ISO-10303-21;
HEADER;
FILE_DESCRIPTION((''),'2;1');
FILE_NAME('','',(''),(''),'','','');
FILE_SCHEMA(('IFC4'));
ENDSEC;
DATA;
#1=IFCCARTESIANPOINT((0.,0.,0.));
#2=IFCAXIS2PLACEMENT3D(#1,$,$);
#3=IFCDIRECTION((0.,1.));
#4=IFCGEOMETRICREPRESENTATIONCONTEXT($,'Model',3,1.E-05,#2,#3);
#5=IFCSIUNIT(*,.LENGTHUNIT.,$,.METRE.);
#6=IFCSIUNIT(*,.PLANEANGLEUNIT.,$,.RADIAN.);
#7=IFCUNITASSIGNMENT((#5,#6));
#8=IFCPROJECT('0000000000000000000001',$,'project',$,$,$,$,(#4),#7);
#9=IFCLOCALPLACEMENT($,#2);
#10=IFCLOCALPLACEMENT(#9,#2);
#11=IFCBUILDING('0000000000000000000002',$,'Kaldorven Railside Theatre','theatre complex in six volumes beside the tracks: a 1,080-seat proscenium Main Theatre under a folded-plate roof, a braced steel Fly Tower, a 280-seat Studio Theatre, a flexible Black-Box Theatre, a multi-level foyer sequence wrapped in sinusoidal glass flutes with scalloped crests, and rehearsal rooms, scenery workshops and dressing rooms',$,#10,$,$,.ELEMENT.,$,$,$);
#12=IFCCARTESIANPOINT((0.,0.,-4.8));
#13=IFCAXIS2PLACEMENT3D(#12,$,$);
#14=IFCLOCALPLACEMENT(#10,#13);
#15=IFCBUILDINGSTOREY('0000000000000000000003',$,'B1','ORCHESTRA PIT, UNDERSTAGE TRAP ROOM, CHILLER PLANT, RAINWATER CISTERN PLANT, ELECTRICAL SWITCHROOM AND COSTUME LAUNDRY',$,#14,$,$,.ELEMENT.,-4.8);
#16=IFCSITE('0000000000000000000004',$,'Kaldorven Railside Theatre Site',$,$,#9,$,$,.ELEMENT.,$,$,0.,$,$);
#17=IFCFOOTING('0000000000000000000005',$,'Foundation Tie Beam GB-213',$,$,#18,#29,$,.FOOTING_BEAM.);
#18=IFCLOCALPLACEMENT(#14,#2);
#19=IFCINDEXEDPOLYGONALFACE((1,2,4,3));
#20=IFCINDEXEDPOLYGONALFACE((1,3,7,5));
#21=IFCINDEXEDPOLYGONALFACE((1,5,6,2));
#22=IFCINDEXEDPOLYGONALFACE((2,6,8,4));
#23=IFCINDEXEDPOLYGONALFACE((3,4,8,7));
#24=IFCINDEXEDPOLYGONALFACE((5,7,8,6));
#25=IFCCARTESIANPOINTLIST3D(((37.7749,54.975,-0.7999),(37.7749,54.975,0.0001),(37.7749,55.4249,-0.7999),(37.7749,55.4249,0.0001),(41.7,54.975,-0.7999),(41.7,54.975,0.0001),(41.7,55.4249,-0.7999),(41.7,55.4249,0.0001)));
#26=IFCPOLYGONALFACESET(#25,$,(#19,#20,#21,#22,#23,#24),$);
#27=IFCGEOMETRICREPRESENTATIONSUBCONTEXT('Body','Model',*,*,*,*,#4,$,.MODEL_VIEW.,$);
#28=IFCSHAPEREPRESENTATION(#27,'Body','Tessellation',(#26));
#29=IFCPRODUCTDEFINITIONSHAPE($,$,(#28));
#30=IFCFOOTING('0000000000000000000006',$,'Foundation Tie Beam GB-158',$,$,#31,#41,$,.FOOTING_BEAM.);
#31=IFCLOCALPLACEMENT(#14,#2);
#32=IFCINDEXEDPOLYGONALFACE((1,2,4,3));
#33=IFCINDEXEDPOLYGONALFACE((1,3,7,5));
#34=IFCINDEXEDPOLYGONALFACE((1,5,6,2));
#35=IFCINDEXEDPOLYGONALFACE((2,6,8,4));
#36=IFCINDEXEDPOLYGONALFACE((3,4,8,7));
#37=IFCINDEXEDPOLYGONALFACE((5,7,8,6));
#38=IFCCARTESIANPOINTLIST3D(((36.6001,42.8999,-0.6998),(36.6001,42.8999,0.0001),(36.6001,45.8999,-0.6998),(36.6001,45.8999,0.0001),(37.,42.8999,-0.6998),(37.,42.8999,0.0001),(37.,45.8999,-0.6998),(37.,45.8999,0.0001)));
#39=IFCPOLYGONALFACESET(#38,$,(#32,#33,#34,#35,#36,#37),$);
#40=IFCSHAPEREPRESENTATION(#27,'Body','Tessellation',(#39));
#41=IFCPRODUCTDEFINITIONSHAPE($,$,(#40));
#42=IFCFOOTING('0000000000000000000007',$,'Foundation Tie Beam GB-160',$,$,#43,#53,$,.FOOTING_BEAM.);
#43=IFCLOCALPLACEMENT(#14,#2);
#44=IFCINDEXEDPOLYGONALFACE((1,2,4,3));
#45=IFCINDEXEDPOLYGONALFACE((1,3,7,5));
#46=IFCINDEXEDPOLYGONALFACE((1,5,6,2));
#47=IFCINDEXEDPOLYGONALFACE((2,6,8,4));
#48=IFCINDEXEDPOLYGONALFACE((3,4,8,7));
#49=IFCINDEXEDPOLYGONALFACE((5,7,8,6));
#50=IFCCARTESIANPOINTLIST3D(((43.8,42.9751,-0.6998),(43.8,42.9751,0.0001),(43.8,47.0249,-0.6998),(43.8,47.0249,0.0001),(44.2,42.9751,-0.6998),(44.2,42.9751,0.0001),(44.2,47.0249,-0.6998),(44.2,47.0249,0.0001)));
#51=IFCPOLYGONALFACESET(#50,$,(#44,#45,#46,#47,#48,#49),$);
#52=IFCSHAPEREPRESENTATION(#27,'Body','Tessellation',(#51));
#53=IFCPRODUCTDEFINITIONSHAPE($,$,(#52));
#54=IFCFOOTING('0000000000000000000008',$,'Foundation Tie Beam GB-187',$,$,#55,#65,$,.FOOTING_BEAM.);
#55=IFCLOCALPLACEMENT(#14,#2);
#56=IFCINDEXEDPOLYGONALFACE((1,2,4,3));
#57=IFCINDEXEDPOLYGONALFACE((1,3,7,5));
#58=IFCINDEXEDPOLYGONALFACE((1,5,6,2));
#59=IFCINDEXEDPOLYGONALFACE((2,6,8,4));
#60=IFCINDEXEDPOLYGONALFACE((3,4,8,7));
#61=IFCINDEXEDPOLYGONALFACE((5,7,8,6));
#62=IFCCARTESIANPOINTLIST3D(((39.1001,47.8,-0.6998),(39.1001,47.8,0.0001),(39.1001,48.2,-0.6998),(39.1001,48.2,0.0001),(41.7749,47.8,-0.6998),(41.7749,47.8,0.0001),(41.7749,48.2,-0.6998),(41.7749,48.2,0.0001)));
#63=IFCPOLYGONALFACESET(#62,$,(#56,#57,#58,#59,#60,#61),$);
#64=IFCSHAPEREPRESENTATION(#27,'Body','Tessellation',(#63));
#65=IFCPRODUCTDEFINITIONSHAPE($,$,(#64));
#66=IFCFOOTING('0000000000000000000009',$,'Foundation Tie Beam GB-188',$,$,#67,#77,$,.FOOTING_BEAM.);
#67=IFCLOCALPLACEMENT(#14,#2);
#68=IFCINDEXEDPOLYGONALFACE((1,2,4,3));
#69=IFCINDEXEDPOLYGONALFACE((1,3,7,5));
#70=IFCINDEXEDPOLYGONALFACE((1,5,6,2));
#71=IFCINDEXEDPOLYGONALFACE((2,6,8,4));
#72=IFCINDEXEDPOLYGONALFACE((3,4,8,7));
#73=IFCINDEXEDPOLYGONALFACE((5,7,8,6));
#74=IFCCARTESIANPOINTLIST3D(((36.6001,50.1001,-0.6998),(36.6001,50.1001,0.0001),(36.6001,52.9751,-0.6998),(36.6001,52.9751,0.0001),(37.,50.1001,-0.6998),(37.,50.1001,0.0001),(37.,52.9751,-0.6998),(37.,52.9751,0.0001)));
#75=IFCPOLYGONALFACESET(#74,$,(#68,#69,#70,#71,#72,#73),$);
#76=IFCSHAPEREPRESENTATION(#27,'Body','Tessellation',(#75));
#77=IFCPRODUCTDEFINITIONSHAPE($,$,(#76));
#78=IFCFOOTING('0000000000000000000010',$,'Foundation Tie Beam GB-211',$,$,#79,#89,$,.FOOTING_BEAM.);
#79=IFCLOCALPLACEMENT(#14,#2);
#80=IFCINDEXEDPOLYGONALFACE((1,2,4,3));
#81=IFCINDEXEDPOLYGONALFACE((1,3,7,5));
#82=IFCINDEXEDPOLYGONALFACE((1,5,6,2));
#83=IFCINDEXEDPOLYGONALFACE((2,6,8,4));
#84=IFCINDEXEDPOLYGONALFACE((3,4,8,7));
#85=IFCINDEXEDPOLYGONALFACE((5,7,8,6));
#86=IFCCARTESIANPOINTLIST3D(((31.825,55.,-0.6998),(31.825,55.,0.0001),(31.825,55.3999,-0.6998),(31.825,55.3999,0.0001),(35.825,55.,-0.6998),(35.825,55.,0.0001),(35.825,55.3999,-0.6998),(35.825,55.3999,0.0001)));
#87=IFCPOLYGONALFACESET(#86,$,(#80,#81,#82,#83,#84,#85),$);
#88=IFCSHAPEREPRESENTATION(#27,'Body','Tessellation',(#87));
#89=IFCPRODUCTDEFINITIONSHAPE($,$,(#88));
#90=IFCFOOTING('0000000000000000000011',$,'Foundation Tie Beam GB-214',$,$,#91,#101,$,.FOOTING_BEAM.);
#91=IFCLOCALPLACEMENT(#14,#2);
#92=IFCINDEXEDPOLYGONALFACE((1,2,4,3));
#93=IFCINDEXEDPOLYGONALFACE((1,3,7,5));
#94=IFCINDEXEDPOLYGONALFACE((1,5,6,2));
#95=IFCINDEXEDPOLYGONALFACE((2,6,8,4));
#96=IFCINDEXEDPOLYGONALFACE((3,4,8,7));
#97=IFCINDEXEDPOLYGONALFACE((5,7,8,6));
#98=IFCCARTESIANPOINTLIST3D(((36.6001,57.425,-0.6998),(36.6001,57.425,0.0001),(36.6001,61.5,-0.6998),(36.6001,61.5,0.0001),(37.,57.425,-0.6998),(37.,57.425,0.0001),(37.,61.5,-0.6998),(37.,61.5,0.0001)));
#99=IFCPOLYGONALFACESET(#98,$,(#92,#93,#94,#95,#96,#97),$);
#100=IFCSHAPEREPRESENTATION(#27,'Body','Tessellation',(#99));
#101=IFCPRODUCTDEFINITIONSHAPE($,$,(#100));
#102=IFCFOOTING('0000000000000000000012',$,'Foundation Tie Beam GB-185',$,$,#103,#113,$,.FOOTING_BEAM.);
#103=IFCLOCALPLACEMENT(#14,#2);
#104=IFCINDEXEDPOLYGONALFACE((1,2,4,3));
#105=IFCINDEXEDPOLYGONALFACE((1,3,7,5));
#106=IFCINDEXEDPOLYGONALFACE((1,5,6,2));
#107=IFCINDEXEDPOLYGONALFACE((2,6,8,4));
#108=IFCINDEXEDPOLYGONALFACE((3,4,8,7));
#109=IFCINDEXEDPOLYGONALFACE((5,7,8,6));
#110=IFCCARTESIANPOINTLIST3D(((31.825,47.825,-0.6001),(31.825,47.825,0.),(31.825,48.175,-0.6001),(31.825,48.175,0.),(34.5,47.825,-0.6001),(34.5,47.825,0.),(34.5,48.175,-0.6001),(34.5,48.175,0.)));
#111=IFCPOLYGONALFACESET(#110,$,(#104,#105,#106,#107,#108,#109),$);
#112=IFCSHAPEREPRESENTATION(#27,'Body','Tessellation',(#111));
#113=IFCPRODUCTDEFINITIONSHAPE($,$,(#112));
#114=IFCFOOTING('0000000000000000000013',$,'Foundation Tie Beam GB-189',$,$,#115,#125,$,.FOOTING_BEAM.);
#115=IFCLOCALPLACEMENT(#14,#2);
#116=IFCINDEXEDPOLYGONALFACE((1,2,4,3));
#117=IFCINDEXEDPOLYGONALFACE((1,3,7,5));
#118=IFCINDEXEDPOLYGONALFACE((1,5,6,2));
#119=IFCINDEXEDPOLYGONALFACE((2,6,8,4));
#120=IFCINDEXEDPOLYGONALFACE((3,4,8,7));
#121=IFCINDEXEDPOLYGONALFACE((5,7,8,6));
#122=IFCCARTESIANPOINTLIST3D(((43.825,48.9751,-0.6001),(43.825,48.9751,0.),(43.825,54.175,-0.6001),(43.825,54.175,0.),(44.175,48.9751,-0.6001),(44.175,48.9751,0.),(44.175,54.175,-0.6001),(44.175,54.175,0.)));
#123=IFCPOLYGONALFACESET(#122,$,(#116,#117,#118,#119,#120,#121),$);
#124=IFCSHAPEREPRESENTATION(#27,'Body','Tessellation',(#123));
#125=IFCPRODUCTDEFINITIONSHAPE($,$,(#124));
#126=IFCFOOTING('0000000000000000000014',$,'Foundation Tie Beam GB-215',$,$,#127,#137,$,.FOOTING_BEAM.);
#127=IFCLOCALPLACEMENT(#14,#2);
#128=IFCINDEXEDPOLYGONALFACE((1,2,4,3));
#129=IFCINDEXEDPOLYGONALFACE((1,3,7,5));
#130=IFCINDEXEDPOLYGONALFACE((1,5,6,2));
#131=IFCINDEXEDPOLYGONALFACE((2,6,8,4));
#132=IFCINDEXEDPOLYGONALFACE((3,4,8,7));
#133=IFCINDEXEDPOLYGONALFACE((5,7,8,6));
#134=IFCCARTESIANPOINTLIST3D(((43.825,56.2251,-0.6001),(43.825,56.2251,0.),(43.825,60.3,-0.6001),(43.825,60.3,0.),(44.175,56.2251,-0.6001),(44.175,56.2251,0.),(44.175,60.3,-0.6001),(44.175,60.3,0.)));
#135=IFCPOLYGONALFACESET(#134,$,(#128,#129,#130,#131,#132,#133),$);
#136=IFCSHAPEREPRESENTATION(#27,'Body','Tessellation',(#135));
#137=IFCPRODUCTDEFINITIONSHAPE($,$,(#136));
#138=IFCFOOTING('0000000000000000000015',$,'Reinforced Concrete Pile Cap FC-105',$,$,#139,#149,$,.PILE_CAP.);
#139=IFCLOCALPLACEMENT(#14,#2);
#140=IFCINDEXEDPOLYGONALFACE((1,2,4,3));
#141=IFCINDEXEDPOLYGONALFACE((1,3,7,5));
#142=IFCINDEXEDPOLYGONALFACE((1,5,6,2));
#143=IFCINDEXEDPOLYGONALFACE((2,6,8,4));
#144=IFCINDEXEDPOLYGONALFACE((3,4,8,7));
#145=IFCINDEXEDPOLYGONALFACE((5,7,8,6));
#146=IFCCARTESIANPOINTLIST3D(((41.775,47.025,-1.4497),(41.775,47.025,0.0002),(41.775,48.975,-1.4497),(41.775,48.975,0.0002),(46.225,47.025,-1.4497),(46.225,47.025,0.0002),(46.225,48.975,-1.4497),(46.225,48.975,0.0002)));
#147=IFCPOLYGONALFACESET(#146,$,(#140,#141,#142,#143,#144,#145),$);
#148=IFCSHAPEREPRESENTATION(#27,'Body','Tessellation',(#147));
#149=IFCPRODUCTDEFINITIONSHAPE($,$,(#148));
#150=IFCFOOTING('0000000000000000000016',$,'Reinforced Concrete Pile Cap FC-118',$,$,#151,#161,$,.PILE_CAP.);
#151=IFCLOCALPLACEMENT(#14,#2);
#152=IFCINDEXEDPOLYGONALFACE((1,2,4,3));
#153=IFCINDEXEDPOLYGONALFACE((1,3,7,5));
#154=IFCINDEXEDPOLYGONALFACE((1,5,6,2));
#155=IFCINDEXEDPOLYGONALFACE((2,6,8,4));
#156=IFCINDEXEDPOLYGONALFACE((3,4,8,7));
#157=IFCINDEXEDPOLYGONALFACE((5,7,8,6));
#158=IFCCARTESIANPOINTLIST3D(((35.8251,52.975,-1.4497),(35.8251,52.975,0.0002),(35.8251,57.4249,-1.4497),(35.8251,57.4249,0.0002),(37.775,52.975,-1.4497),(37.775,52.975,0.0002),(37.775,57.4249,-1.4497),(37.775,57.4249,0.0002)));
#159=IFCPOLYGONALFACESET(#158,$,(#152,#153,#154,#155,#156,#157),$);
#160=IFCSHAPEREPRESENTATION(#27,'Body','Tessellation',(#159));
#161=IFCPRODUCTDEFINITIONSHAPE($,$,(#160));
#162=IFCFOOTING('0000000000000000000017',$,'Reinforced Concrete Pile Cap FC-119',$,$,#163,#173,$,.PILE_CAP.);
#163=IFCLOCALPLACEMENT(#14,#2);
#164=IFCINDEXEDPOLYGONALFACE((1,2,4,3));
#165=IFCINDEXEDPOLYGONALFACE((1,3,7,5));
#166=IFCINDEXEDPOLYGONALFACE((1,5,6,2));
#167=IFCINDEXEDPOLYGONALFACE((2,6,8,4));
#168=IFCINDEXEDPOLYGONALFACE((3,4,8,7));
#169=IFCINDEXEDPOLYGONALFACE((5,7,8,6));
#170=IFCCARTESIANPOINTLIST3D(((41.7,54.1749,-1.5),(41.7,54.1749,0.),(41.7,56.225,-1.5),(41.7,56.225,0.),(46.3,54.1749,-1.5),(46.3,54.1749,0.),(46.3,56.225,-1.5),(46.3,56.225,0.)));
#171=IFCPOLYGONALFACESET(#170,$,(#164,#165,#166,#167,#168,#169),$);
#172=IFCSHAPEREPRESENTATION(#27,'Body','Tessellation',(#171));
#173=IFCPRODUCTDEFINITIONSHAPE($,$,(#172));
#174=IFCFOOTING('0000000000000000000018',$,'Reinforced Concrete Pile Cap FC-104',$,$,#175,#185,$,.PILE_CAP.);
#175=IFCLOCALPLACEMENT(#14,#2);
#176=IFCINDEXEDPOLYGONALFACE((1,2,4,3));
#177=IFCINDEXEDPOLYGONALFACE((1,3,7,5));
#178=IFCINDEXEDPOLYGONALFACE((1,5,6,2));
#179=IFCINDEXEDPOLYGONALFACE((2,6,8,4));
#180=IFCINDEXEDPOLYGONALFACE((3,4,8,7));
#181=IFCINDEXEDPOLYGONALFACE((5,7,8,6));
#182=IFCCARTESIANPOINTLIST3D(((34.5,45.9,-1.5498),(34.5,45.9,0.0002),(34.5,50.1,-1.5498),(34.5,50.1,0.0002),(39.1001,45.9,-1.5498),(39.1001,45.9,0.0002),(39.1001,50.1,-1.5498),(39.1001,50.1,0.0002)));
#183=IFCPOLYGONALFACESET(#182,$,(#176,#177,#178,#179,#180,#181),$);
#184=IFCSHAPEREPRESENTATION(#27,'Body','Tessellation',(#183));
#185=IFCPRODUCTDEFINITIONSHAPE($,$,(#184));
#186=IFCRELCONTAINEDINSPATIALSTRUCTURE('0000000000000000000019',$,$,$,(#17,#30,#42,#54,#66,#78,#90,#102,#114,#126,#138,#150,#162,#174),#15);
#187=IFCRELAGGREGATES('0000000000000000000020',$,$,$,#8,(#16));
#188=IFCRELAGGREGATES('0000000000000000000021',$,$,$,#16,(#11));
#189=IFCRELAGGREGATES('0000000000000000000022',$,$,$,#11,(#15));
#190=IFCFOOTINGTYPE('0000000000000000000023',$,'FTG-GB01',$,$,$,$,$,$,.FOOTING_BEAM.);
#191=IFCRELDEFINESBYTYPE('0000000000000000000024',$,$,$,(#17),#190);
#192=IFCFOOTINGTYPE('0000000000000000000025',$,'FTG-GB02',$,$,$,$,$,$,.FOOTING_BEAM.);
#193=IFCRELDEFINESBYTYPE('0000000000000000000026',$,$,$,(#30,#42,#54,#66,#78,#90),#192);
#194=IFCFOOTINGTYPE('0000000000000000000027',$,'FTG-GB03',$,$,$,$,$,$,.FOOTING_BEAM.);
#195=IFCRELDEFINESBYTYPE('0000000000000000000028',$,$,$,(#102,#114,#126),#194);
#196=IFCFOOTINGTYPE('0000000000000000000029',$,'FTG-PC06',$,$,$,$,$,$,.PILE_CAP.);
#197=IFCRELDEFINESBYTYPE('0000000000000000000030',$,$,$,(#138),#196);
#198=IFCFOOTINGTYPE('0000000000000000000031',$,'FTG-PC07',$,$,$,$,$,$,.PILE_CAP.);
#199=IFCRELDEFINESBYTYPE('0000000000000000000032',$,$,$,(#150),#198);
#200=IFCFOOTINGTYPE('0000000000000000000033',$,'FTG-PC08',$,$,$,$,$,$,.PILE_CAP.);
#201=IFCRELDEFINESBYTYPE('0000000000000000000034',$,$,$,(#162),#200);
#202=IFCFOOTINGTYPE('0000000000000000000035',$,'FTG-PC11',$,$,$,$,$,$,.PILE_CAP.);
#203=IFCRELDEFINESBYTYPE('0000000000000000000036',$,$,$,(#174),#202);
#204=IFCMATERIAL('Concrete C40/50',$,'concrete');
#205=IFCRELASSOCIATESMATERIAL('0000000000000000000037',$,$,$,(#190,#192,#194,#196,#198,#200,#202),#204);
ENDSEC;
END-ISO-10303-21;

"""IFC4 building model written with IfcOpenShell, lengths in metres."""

from ifc_helpers import new_model, si_unit, direction, frame, origin, origin_2d, place, context, subcontext, project, spatial, rectangle, extrude, material, material_profile, profile_set, type_object, element, save


model = new_model("IFC4")

# Units and contexts
model_context = context("Model", 3, precision=1e-05, world=origin(), true_north=direction((0.0, 1.0)))
body_context = subcontext(model_context, "Body", "Model", "MODEL_VIEW")
ifc_project = project(units=[si_unit("LENGTHUNIT", "METRE"), si_unit("PLANEANGLEUNIT", "RADIAN")], contexts=[model_context])

# Site, building, storey
site_placement = place(None, origin())
site = spatial("IfcSite", under=ifc_project, at=site_placement, Name="Kaldorven Railside Theatre Site", CompositionType="ELEMENT", RefElevation=0.0)
building_placement = place(site_placement, origin())
building = spatial("IfcBuilding", under=site, at=building_placement, Name="Kaldorven Railside Theatre", Description="theatre complex in six volumes beside the tracks: a 1,080-seat proscenium Main Theatre under a folded-plate roof, a braced steel Fly Tower, a 280-seat Studio Theatre, a flexible Black-Box Theatre, a multi-level foyer sequence wrapped in sinusoidal glass flutes with scalloped crests, and rehearsal rooms, scenery workshops and dressing rooms", CompositionType="ELEMENT")
storey_placement = place(building_placement, frame((0.0, 0.0, -4.8)))
storey = spatial("IfcBuildingStorey", under=building, at=storey_placement, Name="B1", Description="ORCHESTRA PIT, UNDERSTAGE TRAP ROOM, CHILLER PLANT, RAINWATER CISTERN PLANT, ELECTRICAL SWITCHROOM AND COSTUME LAUNDRY", CompositionType="ELEMENT", Elevation=-4.8)

# Footings
ifc_material_1 = material(Name="Concrete C40/50", Category="concrete")
ifc_material_profile_1 = material_profile(ifc_material_1, rectangle(XDim=0.45, YDim=0.8, at=origin_2d()), Name="RC 450x800")
ifc_profile_set_1 = profile_set([ifc_material_profile_1], Name="Concrete C40/50")
footing_type_1 = type_object("IfcFootingType", Name="FTG-GB01", PredefinedType="FOOTING_BEAM", material=ifc_profile_set_1)
footing_1_placement = place(storey_placement, frame((37.7749, 55.2, -0.3999), z_axis=(1.0, 0.0, 0.0), x_axis=(0.0, 1.0, 0.0)))
element("IfcFooting", 1, at=footing_1_placement, inside=storey, type_object=footing_type_1, Name="Foundation Tie Beam GB-213", PredefinedType="FOOTING_BEAM", context=body_context, shape_type="SweptSolid", body=[
    extrude(rectangle(XDim=0.45, YDim=0.8, at=origin_2d()), origin(), (0.0, 0.0, 1.0), 3.925),
])
ifc_material_profile_2 = material_profile(ifc_material_1, rectangle(XDim=0.3999, YDim=0.7, at=origin_2d()), Name="RC 400x700")
ifc_profile_set_2 = profile_set([ifc_material_profile_2], Name="Concrete C40/50")
footing_type_2 = type_object("IfcFootingType", Name="FTG-GB02", PredefinedType="FOOTING_BEAM", material=ifc_profile_set_2)
footing_2_placement = place(storey_placement, frame((36.8, 42.8999, -0.3499), z_axis=(0.0, 1.0, 0.0), x_axis=(-1.0, 0.0, 0.0)))
element("IfcFooting", 2, at=footing_2_placement, inside=storey, type_object=footing_type_2, Name="Foundation Tie Beam GB-158", PredefinedType="FOOTING_BEAM", context=body_context, shape_type="SweptSolid", body=[
    extrude(rectangle(XDim=0.3999, YDim=0.7, at=origin_2d()), origin(), (0.0, 0.0, 1.0), 3.0),
])
footing_3_placement = place(storey_placement, frame((44.0, 42.9751, -0.3499), z_axis=(0.0, 1.0, 0.0), x_axis=(-1.0, 0.0, 0.0)))
element("IfcFooting", 3, at=footing_3_placement, inside=storey, type_object=footing_type_2, Name="Foundation Tie Beam GB-160", PredefinedType="FOOTING_BEAM", context=body_context, shape_type="SweptSolid", body=[
    extrude(rectangle(XDim=0.3999, YDim=0.7, at=origin_2d()), origin(), (0.0, 0.0, 1.0), 4.0498),
])
footing_4_placement = place(storey_placement, frame((39.1001, 48.0, -0.3499), z_axis=(1.0, 0.0, 0.0), x_axis=(0.0, 1.0, 0.0)))
element("IfcFooting", 4, at=footing_4_placement, inside=storey, type_object=footing_type_2, Name="Foundation Tie Beam GB-187", PredefinedType="FOOTING_BEAM", context=body_context, shape_type="SweptSolid", body=[
    extrude(rectangle(XDim=0.3999, YDim=0.7, at=origin_2d()), origin(), (0.0, 0.0, 1.0), 2.6748),
])
footing_5_placement = place(storey_placement, frame((36.8, 50.1001, -0.3499), z_axis=(0.0, 1.0, 0.0), x_axis=(-1.0, 0.0, 0.0)))
element("IfcFooting", 5, at=footing_5_placement, inside=storey, type_object=footing_type_2, Name="Foundation Tie Beam GB-188", PredefinedType="FOOTING_BEAM", context=body_context, shape_type="SweptSolid", body=[
    extrude(rectangle(XDim=0.3999, YDim=0.7, at=origin_2d()), origin(), (0.0, 0.0, 1.0), 2.875),
])
footing_6_placement = place(storey_placement, frame((31.825, 55.2, -0.3499), z_axis=(1.0, 0.0, 0.0), x_axis=(0.0, 1.0, 0.0)))
element("IfcFooting", 6, at=footing_6_placement, inside=storey, type_object=footing_type_2, Name="Foundation Tie Beam GB-211", PredefinedType="FOOTING_BEAM", context=body_context, shape_type="SweptSolid", body=[
    extrude(rectangle(XDim=0.3999, YDim=0.7, at=origin_2d()), origin(), (0.0, 0.0, 1.0), 4.0),
])
footing_7_placement = place(storey_placement, frame((36.8, 57.425, -0.3499), z_axis=(0.0, 1.0, 0.0), x_axis=(-1.0, 0.0, 0.0)))
element("IfcFooting", 7, at=footing_7_placement, inside=storey, type_object=footing_type_2, Name="Foundation Tie Beam GB-214", PredefinedType="FOOTING_BEAM", context=body_context, shape_type="SweptSolid", body=[
    extrude(rectangle(XDim=0.3999, YDim=0.7, at=origin_2d()), origin(), (0.0, 0.0, 1.0), 4.075),
])
ifc_material_profile_3 = material_profile(ifc_material_1, rectangle(XDim=0.3501, YDim=0.6001, at=origin_2d()), Name="RC 350x600")
ifc_profile_set_3 = profile_set([ifc_material_profile_3], Name="Concrete C40/50")
footing_type_3 = type_object("IfcFootingType", Name="FTG-GB03", PredefinedType="FOOTING_BEAM", material=ifc_profile_set_3)
footing_8_placement = place(storey_placement, frame((31.825, 48.0, -0.3), z_axis=(1.0, 0.0, 0.0), x_axis=(0.0, 1.0, 0.0)))
element("IfcFooting", 8, at=footing_8_placement, inside=storey, type_object=footing_type_3, Name="Foundation Tie Beam GB-185", PredefinedType="FOOTING_BEAM", context=body_context, shape_type="SweptSolid", body=[
    extrude(rectangle(XDim=0.3501, YDim=0.6001, at=origin_2d()), origin(), (0.0, 0.0, 1.0), 2.675),
])
footing_9_placement = place(storey_placement, frame((44.0, 48.9751, -0.3), z_axis=(0.0, 1.0, 0.0), x_axis=(-1.0, 0.0, 0.0)))
element("IfcFooting", 9, at=footing_9_placement, inside=storey, type_object=footing_type_3, Name="Foundation Tie Beam GB-189", PredefinedType="FOOTING_BEAM", context=body_context, shape_type="SweptSolid", body=[
    extrude(rectangle(XDim=0.3501, YDim=0.6001, at=origin_2d()), origin(), (0.0, 0.0, 1.0), 5.2),
])
footing_10_placement = place(storey_placement, frame((44.0, 56.2251, -0.3), z_axis=(0.0, 1.0, 0.0), x_axis=(-1.0, 0.0, 0.0)))
element("IfcFooting", 10, at=footing_10_placement, inside=storey, type_object=footing_type_3, Name="Foundation Tie Beam GB-215", PredefinedType="FOOTING_BEAM", context=body_context, shape_type="SweptSolid", body=[
    extrude(rectangle(XDim=0.3501, YDim=0.6001, at=origin_2d()), origin(), (0.0, 0.0, 1.0), 4.075),
])
footing_type_4 = type_object("IfcFootingType", Name="FTG-PC06", PredefinedType="PILE_CAP", material=ifc_material_1)
footing_11_placement = place(storey_placement, frame((44.0, 48.0, -1.4497), z_axis=(0.0, 0.0, 1.0), x_axis=(1.0, 0.0, 0.0)))
element("IfcFooting", 11, at=footing_11_placement, inside=storey, type_object=footing_type_4, Name="Reinforced Concrete Pile Cap FC-105", PredefinedType="PILE_CAP", context=body_context, shape_type="SweptSolid", body=[
    extrude(rectangle(XDim=4.45, YDim=1.95, at=origin_2d()), origin(), (0.0, 0.0, 1.0), 1.45),
])
footing_type_5 = type_object("IfcFootingType", Name="FTG-PC07", PredefinedType="PILE_CAP", material=ifc_material_1)
footing_12_placement = place(storey_placement, frame((36.8, 55.2, -1.4497), z_axis=(0.0, 0.0, 1.0), x_axis=(1.0, 0.0, 0.0)))
element("IfcFooting", 12, at=footing_12_placement, inside=storey, type_object=footing_type_5, Name="Reinforced Concrete Pile Cap FC-118", PredefinedType="PILE_CAP", context=body_context, shape_type="SweptSolid", body=[
    extrude(rectangle(XDim=1.95, YDim=4.45, at=origin_2d()), origin(), (0.0, 0.0, 1.0), 1.45),
])
footing_type_6 = type_object("IfcFootingType", Name="FTG-PC08", PredefinedType="PILE_CAP", material=ifc_material_1)
footing_13_placement = place(storey_placement, frame((44.0, 55.2, -1.5), z_axis=(0.0, 0.0, 1.0), x_axis=(1.0, 0.0, 0.0)))
element("IfcFooting", 13, at=footing_13_placement, inside=storey, type_object=footing_type_6, Name="Reinforced Concrete Pile Cap FC-119", PredefinedType="PILE_CAP", context=body_context, shape_type="SweptSolid", body=[
    extrude(rectangle(XDim=4.6001, YDim=2.05, at=origin_2d()), origin(), (0.0, 0.0, 1.0), 1.5),
])
footing_type_7 = type_object("IfcFootingType", Name="FTG-PC11", PredefinedType="PILE_CAP", material=ifc_material_1)
footing_14_placement = place(storey_placement, frame((36.8, 48.0, -1.5498), z_axis=(0.0, 0.0, 1.0), x_axis=(1.0, 0.0, 0.0)))
element("IfcFooting", 14, at=footing_14_placement, inside=storey, type_object=footing_type_7, Name="Reinforced Concrete Pile Cap FC-104", PredefinedType="PILE_CAP", context=body_context, shape_type="SweptSolid", body=[
    extrude(rectangle(XDim=4.6001, YDim=4.2, at=origin_2d()), origin(), (0.0, 0.0, 1.0), 1.55),
])

save(model, "model.ifc")
